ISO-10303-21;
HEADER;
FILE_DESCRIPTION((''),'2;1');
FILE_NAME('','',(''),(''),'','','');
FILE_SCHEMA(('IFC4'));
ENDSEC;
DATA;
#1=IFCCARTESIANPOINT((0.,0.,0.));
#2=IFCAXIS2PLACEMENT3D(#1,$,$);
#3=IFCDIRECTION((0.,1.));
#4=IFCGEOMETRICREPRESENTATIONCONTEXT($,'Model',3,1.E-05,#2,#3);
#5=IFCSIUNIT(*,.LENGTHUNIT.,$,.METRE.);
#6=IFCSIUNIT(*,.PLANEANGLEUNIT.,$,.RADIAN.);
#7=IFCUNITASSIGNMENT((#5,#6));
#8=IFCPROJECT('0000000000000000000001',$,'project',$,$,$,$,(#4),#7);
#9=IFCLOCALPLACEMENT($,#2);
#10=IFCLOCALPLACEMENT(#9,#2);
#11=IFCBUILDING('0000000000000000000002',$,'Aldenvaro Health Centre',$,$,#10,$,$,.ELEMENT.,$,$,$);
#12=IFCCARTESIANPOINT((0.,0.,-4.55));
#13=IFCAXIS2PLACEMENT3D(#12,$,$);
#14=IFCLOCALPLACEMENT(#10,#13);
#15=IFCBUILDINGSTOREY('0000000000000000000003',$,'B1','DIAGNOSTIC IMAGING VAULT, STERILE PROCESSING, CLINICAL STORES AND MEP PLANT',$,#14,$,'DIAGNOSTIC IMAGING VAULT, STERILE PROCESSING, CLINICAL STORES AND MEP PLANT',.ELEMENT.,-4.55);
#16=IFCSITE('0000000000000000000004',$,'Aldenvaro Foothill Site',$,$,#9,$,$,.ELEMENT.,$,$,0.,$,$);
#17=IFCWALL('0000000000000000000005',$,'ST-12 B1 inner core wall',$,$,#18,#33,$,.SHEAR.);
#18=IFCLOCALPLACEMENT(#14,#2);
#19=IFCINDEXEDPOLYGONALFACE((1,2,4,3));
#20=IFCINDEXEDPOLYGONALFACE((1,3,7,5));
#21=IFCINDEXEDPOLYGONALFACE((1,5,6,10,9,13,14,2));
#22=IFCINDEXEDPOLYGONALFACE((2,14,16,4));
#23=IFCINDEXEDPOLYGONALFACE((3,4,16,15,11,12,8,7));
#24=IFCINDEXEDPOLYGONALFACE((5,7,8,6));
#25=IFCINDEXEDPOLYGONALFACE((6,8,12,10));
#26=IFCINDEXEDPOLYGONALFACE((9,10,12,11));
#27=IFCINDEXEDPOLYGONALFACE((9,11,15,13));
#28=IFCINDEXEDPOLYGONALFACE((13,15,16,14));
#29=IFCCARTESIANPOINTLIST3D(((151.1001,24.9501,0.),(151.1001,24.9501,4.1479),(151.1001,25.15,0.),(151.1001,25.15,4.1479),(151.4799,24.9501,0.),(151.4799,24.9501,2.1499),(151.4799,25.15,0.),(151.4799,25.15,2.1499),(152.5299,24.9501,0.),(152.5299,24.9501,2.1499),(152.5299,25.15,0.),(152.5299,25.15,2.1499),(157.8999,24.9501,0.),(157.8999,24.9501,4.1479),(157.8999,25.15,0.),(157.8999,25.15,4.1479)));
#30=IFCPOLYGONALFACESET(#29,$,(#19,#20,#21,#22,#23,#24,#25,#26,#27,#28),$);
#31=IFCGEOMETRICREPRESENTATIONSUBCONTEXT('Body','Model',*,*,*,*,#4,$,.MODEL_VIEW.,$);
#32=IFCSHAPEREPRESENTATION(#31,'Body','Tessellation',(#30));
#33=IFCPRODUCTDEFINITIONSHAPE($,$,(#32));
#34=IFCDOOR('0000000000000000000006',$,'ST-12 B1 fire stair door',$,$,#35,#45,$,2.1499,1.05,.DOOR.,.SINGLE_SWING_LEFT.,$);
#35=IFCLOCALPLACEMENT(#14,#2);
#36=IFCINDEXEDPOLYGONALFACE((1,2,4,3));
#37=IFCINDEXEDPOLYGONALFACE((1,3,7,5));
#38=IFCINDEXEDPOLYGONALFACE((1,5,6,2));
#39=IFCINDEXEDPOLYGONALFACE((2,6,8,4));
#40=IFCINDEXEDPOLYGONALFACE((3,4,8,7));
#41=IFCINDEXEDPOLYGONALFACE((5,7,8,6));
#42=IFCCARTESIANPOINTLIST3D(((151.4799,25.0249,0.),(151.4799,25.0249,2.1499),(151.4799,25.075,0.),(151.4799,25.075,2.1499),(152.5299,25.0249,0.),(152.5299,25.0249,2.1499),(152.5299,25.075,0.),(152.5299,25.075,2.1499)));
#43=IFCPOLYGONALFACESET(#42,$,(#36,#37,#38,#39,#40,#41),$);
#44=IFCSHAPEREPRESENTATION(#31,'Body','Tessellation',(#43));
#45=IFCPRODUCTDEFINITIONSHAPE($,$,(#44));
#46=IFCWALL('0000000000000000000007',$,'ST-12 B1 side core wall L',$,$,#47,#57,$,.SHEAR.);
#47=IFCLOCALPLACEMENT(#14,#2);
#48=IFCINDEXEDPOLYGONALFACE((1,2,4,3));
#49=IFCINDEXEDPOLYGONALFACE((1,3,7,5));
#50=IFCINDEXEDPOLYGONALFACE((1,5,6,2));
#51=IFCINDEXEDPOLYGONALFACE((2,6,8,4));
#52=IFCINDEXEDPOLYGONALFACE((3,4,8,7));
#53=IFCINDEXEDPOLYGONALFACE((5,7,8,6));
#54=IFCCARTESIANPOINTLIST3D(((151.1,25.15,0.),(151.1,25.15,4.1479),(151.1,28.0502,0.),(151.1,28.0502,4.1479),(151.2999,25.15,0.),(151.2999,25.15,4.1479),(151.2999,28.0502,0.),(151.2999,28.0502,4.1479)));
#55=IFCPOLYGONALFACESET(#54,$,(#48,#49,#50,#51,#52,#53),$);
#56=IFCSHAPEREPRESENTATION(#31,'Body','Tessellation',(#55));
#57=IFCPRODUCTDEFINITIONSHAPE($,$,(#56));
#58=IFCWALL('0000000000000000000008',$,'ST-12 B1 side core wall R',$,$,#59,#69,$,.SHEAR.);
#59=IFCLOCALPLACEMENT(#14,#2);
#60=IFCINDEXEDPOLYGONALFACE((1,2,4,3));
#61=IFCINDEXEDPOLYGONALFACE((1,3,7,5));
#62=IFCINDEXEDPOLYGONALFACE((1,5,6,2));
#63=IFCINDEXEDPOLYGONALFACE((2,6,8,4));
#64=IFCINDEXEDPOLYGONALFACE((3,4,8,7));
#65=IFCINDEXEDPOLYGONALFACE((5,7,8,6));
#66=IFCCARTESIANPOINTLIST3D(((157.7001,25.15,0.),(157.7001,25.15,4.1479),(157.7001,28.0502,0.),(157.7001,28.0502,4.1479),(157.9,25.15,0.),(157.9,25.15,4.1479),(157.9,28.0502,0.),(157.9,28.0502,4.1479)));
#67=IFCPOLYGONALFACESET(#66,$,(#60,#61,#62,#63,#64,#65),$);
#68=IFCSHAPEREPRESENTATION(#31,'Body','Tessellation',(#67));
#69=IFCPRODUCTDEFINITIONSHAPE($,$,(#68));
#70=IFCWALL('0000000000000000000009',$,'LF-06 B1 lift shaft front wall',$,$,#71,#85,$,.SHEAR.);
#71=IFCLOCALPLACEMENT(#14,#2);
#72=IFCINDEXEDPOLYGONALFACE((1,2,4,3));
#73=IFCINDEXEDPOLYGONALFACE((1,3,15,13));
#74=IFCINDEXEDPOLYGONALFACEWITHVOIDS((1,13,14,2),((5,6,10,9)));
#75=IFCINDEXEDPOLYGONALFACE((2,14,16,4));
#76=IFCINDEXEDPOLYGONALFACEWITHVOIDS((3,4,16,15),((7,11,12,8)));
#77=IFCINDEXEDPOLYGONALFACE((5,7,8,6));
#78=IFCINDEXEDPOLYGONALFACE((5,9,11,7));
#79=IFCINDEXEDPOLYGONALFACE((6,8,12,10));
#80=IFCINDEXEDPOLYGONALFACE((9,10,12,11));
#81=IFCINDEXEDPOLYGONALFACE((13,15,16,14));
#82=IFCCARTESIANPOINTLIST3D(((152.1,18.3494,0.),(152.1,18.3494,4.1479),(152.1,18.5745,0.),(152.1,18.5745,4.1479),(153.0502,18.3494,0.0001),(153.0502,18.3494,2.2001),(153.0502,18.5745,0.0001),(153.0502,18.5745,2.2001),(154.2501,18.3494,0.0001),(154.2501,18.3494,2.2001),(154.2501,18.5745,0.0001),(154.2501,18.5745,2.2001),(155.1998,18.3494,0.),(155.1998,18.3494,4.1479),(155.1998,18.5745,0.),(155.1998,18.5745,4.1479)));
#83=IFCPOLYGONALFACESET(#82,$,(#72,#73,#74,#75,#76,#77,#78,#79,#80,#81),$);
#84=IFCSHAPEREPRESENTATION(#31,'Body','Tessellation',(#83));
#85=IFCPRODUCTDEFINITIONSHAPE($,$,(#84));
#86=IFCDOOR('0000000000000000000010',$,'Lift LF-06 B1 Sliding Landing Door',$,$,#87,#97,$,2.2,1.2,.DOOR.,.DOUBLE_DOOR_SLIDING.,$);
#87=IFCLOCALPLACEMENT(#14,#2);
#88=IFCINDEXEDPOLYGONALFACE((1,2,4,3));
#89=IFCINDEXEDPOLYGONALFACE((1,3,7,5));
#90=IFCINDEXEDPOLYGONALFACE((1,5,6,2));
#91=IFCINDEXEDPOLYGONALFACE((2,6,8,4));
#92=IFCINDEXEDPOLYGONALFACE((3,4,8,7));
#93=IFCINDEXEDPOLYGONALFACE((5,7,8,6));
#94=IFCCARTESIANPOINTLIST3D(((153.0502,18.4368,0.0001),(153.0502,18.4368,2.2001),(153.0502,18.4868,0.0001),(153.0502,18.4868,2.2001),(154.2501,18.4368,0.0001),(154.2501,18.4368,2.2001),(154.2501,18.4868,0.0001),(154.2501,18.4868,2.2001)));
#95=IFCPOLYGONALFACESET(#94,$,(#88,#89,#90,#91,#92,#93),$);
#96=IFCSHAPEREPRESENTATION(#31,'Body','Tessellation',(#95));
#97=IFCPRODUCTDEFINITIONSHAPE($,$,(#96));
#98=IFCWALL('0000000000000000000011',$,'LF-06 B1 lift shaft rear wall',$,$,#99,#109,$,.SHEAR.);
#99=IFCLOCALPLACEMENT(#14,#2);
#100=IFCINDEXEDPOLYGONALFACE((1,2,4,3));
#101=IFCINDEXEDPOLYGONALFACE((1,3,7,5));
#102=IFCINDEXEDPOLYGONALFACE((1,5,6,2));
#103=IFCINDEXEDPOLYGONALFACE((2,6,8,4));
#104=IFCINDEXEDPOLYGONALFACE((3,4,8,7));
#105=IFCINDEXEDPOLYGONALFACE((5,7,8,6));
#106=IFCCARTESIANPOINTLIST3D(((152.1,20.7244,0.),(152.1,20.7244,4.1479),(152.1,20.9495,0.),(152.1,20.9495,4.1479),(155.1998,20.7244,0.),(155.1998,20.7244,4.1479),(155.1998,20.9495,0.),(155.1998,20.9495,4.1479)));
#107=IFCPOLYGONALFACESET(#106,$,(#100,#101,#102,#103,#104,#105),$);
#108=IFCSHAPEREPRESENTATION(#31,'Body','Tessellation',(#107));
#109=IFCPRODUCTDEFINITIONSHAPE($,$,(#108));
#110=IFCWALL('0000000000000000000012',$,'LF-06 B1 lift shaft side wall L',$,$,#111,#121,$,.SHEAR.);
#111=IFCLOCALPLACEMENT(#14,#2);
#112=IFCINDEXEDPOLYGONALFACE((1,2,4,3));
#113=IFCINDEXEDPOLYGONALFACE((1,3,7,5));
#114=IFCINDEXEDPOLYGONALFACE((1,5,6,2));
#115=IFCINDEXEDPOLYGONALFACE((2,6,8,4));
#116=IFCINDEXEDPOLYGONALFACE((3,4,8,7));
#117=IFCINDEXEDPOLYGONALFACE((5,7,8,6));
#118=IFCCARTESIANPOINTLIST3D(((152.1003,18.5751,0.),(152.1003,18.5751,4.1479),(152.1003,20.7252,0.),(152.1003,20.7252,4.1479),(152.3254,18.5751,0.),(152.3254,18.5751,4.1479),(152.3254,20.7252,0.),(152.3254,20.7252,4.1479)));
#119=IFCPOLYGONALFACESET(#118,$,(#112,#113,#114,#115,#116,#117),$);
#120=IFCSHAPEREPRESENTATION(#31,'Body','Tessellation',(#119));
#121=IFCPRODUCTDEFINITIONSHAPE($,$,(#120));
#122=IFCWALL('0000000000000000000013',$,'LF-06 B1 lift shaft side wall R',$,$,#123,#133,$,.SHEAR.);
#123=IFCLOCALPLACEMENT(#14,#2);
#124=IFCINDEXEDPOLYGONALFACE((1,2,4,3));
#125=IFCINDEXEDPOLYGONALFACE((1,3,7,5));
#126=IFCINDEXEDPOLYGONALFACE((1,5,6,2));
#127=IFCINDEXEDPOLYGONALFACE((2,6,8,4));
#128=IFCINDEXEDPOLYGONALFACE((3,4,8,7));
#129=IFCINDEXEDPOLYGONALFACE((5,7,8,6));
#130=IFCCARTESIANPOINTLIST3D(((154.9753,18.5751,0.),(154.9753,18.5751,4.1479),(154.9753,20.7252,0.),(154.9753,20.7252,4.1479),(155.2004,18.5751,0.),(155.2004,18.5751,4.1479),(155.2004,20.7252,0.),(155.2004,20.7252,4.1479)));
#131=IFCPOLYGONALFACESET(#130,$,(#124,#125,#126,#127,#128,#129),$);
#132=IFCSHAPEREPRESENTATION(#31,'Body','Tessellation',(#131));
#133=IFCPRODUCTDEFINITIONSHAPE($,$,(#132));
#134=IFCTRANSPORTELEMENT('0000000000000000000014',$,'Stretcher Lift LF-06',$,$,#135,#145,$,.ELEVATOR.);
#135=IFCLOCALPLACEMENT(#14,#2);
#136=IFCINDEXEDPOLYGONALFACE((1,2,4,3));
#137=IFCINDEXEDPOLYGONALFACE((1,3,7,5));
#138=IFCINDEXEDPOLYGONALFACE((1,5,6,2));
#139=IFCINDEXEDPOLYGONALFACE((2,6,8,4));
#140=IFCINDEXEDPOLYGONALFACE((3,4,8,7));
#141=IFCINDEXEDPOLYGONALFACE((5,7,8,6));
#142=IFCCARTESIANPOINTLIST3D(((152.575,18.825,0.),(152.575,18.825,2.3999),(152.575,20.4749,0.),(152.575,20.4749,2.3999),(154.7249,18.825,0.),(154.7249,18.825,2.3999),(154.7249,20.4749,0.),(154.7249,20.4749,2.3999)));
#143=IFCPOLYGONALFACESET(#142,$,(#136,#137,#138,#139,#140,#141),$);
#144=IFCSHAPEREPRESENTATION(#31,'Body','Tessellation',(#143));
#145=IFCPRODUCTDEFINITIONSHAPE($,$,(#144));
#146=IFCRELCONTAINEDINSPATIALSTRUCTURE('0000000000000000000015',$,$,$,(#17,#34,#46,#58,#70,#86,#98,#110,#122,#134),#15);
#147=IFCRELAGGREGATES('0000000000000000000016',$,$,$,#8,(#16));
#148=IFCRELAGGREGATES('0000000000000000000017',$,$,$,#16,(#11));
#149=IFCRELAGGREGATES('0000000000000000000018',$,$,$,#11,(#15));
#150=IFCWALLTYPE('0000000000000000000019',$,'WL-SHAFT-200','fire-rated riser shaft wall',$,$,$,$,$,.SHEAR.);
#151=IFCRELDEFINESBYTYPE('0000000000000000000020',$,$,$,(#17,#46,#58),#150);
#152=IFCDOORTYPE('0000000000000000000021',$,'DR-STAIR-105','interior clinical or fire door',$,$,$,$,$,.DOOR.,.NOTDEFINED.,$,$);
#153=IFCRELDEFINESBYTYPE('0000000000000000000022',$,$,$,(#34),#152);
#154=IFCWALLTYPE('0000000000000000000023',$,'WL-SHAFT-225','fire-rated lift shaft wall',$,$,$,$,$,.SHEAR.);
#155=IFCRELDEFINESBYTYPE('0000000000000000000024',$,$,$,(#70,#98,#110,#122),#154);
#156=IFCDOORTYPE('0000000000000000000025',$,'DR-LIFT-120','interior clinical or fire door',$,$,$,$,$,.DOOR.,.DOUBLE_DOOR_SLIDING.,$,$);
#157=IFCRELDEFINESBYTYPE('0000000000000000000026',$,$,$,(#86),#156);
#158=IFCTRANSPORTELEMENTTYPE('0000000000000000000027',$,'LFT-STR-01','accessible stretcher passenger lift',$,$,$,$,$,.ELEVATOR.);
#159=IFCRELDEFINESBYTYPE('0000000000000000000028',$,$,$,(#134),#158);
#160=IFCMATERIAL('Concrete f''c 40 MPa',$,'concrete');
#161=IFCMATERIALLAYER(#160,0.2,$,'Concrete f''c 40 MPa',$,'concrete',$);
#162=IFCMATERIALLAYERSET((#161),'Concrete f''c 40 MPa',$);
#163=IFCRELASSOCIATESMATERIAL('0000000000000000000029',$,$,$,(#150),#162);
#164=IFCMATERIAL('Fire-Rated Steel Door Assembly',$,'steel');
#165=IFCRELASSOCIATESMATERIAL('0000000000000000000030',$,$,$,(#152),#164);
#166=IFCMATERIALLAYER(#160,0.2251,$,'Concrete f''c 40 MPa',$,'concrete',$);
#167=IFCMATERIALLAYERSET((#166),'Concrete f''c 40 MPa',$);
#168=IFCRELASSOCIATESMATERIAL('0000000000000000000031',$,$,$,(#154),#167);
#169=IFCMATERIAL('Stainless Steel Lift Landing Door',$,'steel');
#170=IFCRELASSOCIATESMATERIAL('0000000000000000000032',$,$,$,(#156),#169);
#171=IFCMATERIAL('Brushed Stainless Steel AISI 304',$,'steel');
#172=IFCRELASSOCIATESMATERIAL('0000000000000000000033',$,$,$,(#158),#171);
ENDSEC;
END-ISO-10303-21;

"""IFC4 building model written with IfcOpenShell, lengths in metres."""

from ifc_helpers import new_model, si_unit, direction, frame, frame_2d, origin, origin_2d, place, context, subcontext, project, spatial, rectangle, extrude, material, layer, layer_set, type_object, element, fill, save


model = new_model("IFC4")

# Units and contexts
model_context = context("Model", 3, precision=1e-05, world=origin(), true_north=direction((0.0, 1.0)))
body_context = subcontext(model_context, "Body", "Model", "MODEL_VIEW")
ifc_project = project(units=[si_unit("LENGTHUNIT", "METRE"), si_unit("PLANEANGLEUNIT", "RADIAN")], contexts=[model_context])

# Site, building, storey
site_placement = place(None, origin())
site = spatial("IfcSite", under=ifc_project, at=site_placement, Name="Aldenvaro Foothill Site", CompositionType="ELEMENT", RefElevation=0.0)
building_placement = place(site_placement, origin())
building = spatial("IfcBuilding", under=site, at=building_placement, Name="Aldenvaro Health Centre", CompositionType="ELEMENT")
storey_placement = place(building_placement, frame((0.0, 0.0, -4.55)))
storey = spatial("IfcBuildingStorey", under=building, at=storey_placement, Name="B1", Description="DIAGNOSTIC IMAGING VAULT, STERILE PROCESSING, CLINICAL STORES AND MEP PLANT", LongName="DIAGNOSTIC IMAGING VAULT, STERILE PROCESSING, CLINICAL STORES AND MEP PLANT", CompositionType="ELEMENT", Elevation=-4.55)

# Shared definitions
ifc_material_1 = material(Name="Concrete f'c 40 MPa", Category="concrete")

# Wall, opening, door
ifc_layer_1 = layer(ifc_material_1, 0.2, Name="Concrete f'c 40 MPa", Category="concrete")
ifc_layer_set_1 = layer_set([ifc_layer_1], Name="Concrete f'c 40 MPa")
wall_type_1 = type_object("IfcWallType", Name="WL-SHAFT-200", Description="fire-rated riser shaft wall", PredefinedType="SHEAR", material=ifc_layer_set_1)
wall_1_placement = place(storey_placement, frame((151.1001, 25.05, 0.0), z_axis=(0.0, 0.0, 1.0), x_axis=(1.0, 0.0, 0.0)))
wall_1 = element("IfcWall", 1, at=wall_1_placement, inside=storey, type_object=wall_type_1, Name="ST-12 B1 inner core wall", PredefinedType="SHEAR", context=body_context, shape_type="SweptSolid", body=[
    extrude(rectangle(XDim=6.7998, YDim=0.2, at=frame_2d((3.3999, 0.0))), origin(), (0.0, 0.0, 1.0), 4.1479),
])
opening_1_placement = place(wall_1_placement, frame((0.3799, 0.0, 0.0)))
opening_1 = element("IfcOpeningElement", 2, at=opening_1_placement, cuts=wall_1, PredefinedType="OPENING", context=body_context, shape_type="SweptSolid", body=[
    extrude(rectangle(XDim=1.05, YDim=2.1499, at=frame_2d((0.5249, 1.075))), frame((0.0, 0.1099, 0.0), z_axis=(0.0, -1.0, 0.0), x_axis=(1.0, 0.0, 0.0)), (0.0, 0.0, 1.0), 0.22),
])
ifc_material_2 = material(Name="Fire-Rated Steel Door Assembly", Category="steel")
door_type_1 = type_object("IfcDoorType", Name="DR-STAIR-105", Description="interior clinical or fire door", OperationType="NOTDEFINED", PredefinedType="DOOR", material=ifc_material_2)
door_1_placement = place(opening_1_placement, origin())
door_1 = element("IfcDoor", 3, at=door_1_placement, inside=storey, type_object=door_type_1, Name="ST-12 B1 fire stair door", OperationType="SINGLE_SWING_LEFT", OverallHeight=2.1499, OverallWidth=1.05, PredefinedType="DOOR", context=body_context, shape_type="SweptSolid", body=[
    extrude(rectangle(XDim=1.05, YDim=2.1499, at=frame_2d((0.5249, 1.075))), frame((0.0, 0.0249, 0.0), z_axis=(0.0, -1.0, 0.0), x_axis=(1.0, 0.0, 0.0)), (0.0, 0.0, 1.0), 0.05),
])
fill(opening_1, door_1)

# Walls
for number, where, z_axis, x_axis, name in (
    (4, (151.2, 25.1499, 0.0), (0.0, 0.0, 1.0), (0.0, 1.0, 0.0), "ST-12 B1 side core wall L"),
    (5, (157.8, 25.1499, 0.0), (0.0, 0.0, 1.0), (0.0, 1.0, 0.0), "ST-12 B1 side core wall R"),
):
    element("IfcWall", number, at=place(storey_placement, frame(where, z_axis=z_axis, x_axis=x_axis)), inside=storey, type_object=wall_type_1, Name=name, PredefinedType="SHEAR", context=body_context, shape_type="SweptSolid", body=[
        extrude(rectangle(XDim=2.9001, YDim=0.2, at=frame_2d((1.4502, 0.0))), origin(), (0.0, 0.0, 1.0), 4.1479),
    ])

# Wall, opening, door
ifc_layer_2 = layer(ifc_material_1, 0.2251, Name="Concrete f'c 40 MPa", Category="concrete")
ifc_layer_set_2 = layer_set([ifc_layer_2], Name="Concrete f'c 40 MPa")
wall_type_2 = type_object("IfcWallType", Name="WL-SHAFT-225", Description="fire-rated lift shaft wall", PredefinedType="SHEAR", material=ifc_layer_set_2)
wall_2_placement = place(storey_placement, frame((152.1001, 18.4619, 0.0), z_axis=(0.0, 0.0, 1.0), x_axis=(1.0, 0.0, 0.0)))
wall_2 = element("IfcWall", 6, at=wall_2_placement, inside=storey, type_object=wall_type_2, Name="LF-06 B1 lift shaft front wall", PredefinedType="SHEAR", context=body_context, shape_type="SweptSolid", body=[
    extrude(rectangle(XDim=3.0999, YDim=0.2251, at=frame_2d((1.5498, 0.0))), origin(), (0.0, 0.0, 1.0), 4.1479),
])
opening_2_placement = place(wall_2_placement, frame((0.95, 0.0, 0.0)))
opening_2 = element("IfcOpeningElement", 7, at=opening_2_placement, cuts=wall_2, PredefinedType="OPENING", context=body_context, shape_type="SweptSolid", body=[
    extrude(rectangle(XDim=1.2, YDim=2.2, at=frame_2d((0.6001, 1.1001))), frame((0.0, 0.1226, 0.0), z_axis=(0.0, -1.0, 0.0), x_axis=(1.0, 0.0, 0.0)), (0.0, 0.0, 1.0), 0.2451),
])
ifc_material_3 = material(Name="Stainless Steel Lift Landing Door", Category="steel")
door_type_2 = type_object("IfcDoorType", Name="DR-LIFT-120", Description="interior clinical or fire door", OperationType="DOUBLE_DOOR_SLIDING", PredefinedType="DOOR", material=ifc_material_3)
door_2_placement = place(opening_2_placement, origin())
door_2 = element("IfcDoor", 8, at=door_2_placement, inside=storey, type_object=door_type_2, Name="Lift LF-06 B1 Sliding Landing Door", OperationType="DOUBLE_DOOR_SLIDING", OverallHeight=2.2, OverallWidth=1.2, PredefinedType="DOOR", context=body_context, shape_type="SweptSolid", body=[
    extrude(rectangle(XDim=1.2, YDim=2.2, at=frame_2d((0.6001, 1.1001))), frame((0.0, 0.0249, 0.0), z_axis=(0.0, -1.0, 0.0), x_axis=(1.0, 0.0, 0.0)), (0.0, 0.0, 1.0), 0.05),
])
fill(opening_2, door_2)

# Walls
wall_3_placement = place(storey_placement, frame((152.1001, 20.8369, 0.0), z_axis=(0.0, 0.0, 1.0), x_axis=(1.0, 0.0, 0.0)))
element("IfcWall", 9, at=wall_3_placement, inside=storey, type_object=wall_type_2, Name="LF-06 B1 lift shaft rear wall", PredefinedType="SHEAR", context=body_context, shape_type="SweptSolid", body=[
    extrude(rectangle(XDim=3.0999, YDim=0.2251, at=frame_2d((1.5498, 0.0))), origin(), (0.0, 0.0, 1.0), 4.1479),
])
for number, where, z_axis, x_axis, name in (
    (10, (152.2129, 18.575, 0.0), (0.0, 0.0, 1.0), (0.0, 1.0, 0.0), "LF-06 B1 lift shaft side wall L"),
    (11, (155.0879, 18.575, 0.0), (0.0, 0.0, 1.0), (0.0, 1.0, 0.0), "LF-06 B1 lift shaft side wall R"),
):
    element("IfcWall", number, at=place(storey_placement, frame(where, z_axis=z_axis, x_axis=x_axis)), inside=storey, type_object=wall_type_2, Name=name, PredefinedType="SHEAR", context=body_context, shape_type="SweptSolid", body=[
        extrude(rectangle(XDim=2.1501, YDim=0.2251, at=frame_2d((1.0752, 0.0))), origin(), (0.0, 0.0, 1.0), 4.1479),
    ])

# Transport element
ifc_material_4 = material(Name="Brushed Stainless Steel AISI 304", Category="steel")
transport_element_type = type_object("IfcTransportElementType", Name="LFT-STR-01", Description="accessible stretcher passenger lift", PredefinedType="ELEVATOR", material=ifc_material_4)
transport_element_placement = place(storey_placement, frame((153.6499, 19.6499, 0.0), z_axis=(0.0, 0.0, 1.0), x_axis=(1.0, 0.0, 0.0)))
element("IfcTransportElement", 12, at=transport_element_placement, inside=storey, type_object=transport_element_type, Name="Stretcher Lift LF-06", PredefinedType="ELEVATOR", context=body_context, shape_type="SweptSolid", body=[
    extrude(rectangle(XDim=2.1499, YDim=1.6499, at=origin_2d()), origin(), (0.0, 0.0, 1.0), 2.3999),
])

save(model, "model.ifc")
